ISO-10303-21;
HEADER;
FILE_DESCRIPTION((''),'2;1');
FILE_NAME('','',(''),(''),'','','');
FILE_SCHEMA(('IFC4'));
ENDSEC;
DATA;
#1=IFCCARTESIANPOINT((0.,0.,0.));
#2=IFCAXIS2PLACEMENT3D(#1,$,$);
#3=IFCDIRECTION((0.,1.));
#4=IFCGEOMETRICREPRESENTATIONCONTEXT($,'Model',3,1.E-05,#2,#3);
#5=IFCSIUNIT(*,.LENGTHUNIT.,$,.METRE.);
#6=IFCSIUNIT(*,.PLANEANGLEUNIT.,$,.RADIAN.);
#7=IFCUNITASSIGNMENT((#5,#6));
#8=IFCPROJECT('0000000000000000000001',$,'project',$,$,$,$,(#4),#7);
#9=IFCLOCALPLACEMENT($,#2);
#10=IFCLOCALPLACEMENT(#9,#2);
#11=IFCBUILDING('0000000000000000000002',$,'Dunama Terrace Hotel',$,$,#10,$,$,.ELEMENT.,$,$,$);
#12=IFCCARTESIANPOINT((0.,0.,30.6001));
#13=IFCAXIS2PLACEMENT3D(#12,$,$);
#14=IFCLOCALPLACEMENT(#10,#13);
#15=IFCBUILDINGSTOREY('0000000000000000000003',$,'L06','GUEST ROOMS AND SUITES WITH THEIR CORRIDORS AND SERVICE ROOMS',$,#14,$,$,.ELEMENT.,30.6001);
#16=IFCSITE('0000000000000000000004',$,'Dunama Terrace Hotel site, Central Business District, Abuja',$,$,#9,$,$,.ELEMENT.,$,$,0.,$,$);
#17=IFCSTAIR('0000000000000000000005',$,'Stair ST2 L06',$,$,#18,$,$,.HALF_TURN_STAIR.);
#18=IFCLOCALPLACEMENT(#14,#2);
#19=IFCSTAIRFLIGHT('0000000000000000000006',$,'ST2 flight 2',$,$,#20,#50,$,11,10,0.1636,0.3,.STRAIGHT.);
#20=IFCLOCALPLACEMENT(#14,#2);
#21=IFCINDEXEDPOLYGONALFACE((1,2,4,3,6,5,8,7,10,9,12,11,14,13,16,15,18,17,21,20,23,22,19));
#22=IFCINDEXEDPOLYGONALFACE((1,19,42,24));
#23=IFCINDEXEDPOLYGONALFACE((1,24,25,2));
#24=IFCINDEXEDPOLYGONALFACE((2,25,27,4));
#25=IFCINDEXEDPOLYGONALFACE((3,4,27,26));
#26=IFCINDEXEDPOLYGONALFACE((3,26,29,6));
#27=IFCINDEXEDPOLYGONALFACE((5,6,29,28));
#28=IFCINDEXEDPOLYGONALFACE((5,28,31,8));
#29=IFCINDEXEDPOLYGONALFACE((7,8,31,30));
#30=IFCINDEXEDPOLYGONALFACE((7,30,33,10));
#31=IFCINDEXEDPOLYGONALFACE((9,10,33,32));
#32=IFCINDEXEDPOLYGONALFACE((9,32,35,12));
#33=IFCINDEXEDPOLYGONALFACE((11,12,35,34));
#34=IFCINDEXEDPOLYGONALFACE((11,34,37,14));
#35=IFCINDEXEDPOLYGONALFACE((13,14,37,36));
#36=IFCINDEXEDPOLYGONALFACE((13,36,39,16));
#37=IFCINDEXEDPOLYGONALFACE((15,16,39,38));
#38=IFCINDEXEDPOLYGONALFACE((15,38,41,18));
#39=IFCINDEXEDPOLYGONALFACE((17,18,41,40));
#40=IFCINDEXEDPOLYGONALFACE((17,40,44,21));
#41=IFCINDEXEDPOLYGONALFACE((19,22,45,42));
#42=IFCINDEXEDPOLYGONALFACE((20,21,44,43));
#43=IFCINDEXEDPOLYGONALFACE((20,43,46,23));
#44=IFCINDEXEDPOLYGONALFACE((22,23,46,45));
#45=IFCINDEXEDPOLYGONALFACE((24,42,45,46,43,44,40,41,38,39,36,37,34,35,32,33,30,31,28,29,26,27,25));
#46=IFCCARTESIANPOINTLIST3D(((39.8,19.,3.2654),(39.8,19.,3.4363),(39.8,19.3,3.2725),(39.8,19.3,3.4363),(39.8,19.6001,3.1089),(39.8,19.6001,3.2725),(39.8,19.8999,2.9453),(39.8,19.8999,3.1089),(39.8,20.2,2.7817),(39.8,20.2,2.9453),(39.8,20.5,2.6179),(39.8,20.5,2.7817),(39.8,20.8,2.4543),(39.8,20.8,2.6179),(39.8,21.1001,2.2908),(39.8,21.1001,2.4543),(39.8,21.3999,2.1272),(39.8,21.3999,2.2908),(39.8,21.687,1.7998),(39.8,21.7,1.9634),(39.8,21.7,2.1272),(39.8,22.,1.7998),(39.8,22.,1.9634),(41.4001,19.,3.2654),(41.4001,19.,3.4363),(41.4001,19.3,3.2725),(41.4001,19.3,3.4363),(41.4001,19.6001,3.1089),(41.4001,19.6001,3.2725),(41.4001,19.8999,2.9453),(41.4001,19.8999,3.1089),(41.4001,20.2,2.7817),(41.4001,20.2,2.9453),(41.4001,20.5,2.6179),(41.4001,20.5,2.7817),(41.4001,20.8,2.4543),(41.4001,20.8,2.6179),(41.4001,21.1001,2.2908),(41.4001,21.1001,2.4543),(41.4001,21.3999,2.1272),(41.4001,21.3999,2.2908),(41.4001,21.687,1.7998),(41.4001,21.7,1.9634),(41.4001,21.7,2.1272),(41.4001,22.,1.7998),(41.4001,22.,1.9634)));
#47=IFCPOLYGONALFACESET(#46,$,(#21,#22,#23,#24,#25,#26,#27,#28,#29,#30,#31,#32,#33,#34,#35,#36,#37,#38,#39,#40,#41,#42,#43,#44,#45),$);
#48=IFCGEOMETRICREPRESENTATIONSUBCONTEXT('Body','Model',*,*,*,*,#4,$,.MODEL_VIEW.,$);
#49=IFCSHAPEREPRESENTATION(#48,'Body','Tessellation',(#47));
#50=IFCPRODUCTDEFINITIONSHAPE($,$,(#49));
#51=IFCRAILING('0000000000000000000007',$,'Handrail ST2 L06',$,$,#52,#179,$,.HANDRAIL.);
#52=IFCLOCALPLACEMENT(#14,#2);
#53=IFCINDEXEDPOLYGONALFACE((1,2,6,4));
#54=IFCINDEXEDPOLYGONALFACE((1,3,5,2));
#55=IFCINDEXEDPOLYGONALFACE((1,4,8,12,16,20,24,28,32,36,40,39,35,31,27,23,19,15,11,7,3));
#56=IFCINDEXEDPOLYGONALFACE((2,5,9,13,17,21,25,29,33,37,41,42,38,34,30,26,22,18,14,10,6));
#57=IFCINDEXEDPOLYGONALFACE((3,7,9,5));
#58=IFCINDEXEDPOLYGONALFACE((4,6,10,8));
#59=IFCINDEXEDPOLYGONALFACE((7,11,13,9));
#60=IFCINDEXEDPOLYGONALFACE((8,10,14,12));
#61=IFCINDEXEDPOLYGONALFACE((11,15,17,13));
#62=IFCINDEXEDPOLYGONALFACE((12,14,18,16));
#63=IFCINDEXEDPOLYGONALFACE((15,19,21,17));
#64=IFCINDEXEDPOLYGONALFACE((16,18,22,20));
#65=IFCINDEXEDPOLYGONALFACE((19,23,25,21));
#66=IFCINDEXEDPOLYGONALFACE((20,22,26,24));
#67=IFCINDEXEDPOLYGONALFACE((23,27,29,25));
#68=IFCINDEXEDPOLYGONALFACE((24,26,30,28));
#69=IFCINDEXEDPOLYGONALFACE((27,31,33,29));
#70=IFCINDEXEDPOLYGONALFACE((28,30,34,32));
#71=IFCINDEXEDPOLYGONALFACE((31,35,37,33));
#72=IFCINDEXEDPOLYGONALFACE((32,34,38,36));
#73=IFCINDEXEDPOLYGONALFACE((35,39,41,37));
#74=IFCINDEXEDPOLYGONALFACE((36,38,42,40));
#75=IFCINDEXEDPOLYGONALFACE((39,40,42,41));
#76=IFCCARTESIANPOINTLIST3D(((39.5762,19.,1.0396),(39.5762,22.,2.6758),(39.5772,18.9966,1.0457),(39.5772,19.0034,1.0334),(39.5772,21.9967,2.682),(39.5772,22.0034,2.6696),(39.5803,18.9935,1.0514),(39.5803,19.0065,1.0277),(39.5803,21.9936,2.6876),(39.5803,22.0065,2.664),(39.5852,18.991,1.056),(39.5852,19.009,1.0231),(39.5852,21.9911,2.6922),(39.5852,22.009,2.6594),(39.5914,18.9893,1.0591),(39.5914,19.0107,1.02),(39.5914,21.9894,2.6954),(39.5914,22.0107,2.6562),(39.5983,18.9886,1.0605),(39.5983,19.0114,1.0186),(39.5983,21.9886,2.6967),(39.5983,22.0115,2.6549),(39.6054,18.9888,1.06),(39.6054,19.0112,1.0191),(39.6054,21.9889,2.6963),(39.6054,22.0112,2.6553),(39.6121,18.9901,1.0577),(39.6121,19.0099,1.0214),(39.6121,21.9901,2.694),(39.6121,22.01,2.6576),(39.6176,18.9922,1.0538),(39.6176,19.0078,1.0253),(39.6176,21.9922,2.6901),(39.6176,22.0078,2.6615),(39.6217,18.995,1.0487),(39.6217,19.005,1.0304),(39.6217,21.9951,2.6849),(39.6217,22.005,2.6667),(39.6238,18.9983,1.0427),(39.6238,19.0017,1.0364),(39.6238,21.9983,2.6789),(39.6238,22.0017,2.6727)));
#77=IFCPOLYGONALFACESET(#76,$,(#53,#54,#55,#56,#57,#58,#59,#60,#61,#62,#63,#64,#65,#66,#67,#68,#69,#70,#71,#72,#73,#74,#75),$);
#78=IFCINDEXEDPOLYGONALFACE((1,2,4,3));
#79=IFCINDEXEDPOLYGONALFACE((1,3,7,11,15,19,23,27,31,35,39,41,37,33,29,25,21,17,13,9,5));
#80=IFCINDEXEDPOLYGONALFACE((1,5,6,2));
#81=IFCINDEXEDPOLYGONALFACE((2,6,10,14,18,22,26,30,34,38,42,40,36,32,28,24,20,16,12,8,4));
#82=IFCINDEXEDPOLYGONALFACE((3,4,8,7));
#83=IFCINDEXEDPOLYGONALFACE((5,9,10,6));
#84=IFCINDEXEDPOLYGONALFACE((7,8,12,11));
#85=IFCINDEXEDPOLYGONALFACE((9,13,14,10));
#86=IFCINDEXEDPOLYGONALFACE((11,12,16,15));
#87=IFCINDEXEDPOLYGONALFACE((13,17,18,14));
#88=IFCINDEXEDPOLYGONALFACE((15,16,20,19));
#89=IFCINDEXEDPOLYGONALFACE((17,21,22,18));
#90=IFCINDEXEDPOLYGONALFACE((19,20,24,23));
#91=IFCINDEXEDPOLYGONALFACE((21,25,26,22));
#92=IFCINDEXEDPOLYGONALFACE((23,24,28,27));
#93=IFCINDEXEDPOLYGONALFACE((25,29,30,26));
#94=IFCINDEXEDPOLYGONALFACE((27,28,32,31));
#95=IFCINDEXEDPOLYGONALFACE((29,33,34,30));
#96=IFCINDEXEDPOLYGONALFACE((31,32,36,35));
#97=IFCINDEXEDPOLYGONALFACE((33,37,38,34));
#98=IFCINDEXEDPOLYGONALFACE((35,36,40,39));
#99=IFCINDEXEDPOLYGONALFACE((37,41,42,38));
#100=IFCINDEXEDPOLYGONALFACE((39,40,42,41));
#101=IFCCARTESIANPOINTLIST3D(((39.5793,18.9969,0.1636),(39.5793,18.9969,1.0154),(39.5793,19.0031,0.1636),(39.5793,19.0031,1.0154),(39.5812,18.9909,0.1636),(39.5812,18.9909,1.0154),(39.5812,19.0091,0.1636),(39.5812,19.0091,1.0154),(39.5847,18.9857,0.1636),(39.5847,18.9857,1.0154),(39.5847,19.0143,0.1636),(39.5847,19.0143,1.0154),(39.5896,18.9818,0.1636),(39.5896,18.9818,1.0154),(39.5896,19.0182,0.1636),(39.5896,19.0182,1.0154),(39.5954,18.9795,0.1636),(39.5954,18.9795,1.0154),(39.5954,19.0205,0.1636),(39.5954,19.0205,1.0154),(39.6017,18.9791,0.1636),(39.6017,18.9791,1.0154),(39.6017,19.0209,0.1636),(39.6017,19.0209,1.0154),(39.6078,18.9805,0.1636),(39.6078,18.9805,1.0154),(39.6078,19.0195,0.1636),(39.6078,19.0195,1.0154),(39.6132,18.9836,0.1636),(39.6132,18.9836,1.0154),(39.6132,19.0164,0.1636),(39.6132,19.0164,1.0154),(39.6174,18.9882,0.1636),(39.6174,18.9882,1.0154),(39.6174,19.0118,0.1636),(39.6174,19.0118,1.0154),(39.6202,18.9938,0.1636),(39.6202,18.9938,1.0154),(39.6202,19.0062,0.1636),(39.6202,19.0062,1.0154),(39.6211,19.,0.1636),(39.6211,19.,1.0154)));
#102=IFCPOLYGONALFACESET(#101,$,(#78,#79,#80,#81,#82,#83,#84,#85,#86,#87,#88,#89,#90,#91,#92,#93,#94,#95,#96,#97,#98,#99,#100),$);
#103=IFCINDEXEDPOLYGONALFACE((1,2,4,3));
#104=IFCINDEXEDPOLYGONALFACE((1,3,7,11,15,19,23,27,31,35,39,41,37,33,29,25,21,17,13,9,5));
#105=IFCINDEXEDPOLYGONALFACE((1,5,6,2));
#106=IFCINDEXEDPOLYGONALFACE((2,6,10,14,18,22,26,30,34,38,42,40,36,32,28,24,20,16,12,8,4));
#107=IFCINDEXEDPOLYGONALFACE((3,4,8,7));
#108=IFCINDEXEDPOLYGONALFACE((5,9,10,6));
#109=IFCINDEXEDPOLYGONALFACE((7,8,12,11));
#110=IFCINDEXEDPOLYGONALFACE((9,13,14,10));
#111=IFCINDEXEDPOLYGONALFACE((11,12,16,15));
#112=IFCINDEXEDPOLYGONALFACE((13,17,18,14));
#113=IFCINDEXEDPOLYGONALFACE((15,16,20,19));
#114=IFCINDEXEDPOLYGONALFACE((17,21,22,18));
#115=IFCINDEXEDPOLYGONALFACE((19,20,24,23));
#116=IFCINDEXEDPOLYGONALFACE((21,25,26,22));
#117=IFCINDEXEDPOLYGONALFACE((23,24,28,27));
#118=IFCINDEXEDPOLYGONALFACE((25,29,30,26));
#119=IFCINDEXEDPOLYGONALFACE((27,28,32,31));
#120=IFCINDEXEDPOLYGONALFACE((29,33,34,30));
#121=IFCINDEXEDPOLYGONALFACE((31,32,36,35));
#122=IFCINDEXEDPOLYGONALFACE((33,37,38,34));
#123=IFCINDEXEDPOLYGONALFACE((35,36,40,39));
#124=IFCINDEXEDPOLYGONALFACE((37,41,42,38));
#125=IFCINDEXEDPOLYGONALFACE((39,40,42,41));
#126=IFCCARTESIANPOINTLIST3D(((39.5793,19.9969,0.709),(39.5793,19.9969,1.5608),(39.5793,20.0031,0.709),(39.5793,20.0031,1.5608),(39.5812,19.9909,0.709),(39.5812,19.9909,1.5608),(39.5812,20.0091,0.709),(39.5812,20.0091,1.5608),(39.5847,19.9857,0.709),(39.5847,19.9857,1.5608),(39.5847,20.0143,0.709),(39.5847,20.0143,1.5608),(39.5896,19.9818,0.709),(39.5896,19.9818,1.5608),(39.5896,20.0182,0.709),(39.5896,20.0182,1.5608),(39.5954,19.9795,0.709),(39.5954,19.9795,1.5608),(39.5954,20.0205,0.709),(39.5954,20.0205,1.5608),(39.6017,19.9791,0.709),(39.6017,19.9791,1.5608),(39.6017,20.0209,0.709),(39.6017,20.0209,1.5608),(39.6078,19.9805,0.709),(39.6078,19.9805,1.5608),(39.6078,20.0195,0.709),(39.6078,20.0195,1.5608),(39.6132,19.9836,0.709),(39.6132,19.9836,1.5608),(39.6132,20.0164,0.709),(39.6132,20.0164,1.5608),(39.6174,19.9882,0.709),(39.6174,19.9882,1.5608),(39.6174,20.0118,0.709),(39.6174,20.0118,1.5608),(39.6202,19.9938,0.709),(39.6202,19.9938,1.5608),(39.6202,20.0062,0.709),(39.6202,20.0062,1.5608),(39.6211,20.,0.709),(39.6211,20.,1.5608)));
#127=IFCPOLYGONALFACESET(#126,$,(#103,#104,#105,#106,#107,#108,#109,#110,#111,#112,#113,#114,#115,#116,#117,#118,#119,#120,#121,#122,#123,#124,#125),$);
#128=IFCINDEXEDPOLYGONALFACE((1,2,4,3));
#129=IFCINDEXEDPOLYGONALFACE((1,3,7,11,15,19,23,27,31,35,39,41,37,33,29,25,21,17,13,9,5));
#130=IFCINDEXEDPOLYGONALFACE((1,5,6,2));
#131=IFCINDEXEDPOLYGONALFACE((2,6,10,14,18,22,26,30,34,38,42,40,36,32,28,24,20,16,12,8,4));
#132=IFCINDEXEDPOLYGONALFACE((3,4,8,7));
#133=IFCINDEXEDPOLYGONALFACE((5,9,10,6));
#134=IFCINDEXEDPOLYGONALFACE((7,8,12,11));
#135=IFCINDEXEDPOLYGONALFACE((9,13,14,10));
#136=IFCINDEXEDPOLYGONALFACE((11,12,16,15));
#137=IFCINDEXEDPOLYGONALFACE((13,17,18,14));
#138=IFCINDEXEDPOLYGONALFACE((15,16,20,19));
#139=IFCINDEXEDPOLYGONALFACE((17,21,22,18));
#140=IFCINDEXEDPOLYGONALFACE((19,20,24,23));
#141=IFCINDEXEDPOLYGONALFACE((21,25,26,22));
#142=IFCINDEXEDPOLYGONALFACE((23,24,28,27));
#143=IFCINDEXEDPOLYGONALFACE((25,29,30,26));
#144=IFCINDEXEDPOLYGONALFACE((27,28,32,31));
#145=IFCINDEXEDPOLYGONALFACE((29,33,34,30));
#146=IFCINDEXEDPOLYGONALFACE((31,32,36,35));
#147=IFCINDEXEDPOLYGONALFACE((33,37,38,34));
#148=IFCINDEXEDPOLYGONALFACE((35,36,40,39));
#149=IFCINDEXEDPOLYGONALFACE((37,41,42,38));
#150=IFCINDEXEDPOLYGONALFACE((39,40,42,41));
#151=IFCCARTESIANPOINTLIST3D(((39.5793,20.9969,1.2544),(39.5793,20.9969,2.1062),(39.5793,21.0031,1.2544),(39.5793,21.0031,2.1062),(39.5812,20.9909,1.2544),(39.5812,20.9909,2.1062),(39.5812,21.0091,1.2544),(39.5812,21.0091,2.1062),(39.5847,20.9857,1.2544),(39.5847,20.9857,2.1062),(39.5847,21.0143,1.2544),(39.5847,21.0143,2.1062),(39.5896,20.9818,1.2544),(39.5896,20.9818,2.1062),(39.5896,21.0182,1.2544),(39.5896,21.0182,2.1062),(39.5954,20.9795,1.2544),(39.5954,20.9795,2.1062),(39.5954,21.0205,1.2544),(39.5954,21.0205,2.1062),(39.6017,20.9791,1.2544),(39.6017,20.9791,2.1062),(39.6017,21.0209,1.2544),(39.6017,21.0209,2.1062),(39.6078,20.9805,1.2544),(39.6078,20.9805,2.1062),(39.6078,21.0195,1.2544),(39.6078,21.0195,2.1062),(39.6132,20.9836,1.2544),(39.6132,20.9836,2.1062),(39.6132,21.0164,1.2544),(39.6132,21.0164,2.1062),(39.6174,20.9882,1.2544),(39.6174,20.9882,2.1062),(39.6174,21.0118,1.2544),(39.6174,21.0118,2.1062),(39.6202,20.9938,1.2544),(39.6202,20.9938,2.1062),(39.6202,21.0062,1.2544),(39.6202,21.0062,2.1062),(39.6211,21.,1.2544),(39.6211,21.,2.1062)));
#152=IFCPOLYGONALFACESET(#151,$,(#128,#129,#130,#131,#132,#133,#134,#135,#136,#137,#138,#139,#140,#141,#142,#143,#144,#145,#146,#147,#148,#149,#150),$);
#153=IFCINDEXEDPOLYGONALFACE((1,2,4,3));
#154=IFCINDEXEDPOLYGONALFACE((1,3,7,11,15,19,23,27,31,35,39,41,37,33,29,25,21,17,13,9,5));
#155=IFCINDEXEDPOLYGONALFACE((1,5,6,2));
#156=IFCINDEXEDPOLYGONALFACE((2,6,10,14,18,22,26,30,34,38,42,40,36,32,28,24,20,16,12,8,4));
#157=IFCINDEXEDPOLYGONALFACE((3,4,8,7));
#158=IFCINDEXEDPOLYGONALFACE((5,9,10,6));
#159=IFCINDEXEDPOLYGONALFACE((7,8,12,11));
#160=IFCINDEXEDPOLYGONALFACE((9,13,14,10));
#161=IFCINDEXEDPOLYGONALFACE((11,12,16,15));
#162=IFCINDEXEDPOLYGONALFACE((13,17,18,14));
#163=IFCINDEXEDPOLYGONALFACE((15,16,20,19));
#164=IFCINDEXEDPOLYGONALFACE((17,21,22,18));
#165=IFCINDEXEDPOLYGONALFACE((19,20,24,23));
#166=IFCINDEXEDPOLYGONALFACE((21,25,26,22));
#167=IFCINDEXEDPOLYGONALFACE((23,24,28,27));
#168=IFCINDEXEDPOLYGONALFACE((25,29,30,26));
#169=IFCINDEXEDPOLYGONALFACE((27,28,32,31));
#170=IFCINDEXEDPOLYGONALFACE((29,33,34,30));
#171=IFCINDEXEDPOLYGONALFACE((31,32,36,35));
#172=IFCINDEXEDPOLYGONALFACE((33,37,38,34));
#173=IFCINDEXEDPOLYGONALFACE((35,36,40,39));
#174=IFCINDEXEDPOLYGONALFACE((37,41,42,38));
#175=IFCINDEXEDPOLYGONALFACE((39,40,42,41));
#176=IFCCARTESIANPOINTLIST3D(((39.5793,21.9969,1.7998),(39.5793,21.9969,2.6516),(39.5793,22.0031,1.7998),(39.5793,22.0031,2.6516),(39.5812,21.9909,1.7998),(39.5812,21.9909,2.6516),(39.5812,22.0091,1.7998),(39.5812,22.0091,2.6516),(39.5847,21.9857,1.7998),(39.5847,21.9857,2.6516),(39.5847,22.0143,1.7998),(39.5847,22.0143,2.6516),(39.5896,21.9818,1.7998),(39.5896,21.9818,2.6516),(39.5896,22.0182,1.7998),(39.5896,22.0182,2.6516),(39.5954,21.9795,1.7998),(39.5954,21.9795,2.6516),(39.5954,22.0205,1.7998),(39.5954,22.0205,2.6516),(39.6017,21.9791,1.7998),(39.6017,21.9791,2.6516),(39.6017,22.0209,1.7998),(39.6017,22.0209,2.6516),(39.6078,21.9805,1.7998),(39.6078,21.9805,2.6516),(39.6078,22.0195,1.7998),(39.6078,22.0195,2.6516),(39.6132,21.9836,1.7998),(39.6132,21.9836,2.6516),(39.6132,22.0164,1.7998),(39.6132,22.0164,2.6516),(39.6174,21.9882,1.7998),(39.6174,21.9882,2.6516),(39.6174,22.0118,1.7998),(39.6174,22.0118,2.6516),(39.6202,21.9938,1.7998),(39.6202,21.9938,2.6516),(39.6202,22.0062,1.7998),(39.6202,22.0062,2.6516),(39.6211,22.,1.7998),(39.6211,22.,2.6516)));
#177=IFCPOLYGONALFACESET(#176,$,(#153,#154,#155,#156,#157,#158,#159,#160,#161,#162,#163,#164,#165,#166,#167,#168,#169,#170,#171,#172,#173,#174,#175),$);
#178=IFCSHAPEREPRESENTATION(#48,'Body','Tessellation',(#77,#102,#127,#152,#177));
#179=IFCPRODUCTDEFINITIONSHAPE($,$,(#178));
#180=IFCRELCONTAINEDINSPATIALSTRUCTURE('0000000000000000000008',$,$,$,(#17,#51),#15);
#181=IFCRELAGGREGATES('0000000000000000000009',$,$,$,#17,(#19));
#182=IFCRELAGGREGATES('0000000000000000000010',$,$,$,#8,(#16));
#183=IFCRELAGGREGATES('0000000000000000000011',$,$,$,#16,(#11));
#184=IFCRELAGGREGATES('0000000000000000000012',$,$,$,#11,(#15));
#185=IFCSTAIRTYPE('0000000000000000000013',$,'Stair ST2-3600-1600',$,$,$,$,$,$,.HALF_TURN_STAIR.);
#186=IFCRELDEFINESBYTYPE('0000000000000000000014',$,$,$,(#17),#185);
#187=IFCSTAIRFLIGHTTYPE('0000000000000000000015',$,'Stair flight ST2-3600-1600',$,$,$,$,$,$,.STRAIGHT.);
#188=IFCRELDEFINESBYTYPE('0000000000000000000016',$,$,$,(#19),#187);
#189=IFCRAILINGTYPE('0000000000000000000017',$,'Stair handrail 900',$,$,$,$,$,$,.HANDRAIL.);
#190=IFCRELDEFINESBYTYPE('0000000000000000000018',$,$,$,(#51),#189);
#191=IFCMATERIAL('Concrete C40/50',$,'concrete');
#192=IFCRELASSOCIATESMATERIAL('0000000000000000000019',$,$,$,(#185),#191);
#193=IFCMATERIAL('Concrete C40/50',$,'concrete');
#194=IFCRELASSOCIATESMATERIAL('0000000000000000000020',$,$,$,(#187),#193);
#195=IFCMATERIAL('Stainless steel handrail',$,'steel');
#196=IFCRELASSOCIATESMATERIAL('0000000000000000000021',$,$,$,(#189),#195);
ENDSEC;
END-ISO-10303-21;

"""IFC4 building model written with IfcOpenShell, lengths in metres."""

from ifc_helpers import new_model, si_unit, direction, frame, origin, origin_2d, place, context, subcontext, project, spatial, polyline, circle, outline, extrude, material, type_object, element, aggregate, save


model = new_model("IFC4")

# Units and contexts
model_context = context("Model", 3, precision=1e-05, world=origin(), true_north=direction((0.0, 1.0)))
body_context = subcontext(model_context, "Body", "Model", "MODEL_VIEW")
ifc_project = project(units=[si_unit("LENGTHUNIT", "METRE"), si_unit("PLANEANGLEUNIT", "RADIAN")], contexts=[model_context])

# Site, building, storey
site_placement = place(None, origin())
site = spatial("IfcSite", under=ifc_project, at=site_placement, Name="Dunama Terrace Hotel site, Central Business District, Abuja", CompositionType="ELEMENT", RefElevation=0.0)
building_placement = place(site_placement, origin())
building = spatial("IfcBuilding", under=site, at=building_placement, Name="Dunama Terrace Hotel", CompositionType="ELEMENT")
storey_placement = place(building_placement, frame((0.0, 0.0, 30.6001)))
storey = spatial("IfcBuildingStorey", under=building, at=storey_placement, Name="L06", Description="GUEST ROOMS AND SUITES WITH THEIR CORRIDORS AND SERVICE ROOMS", CompositionType="ELEMENT", Elevation=30.6001)

# Stair, stair flight
ifc_material_1 = material(Name="Concrete C40/50", Category="concrete")
stair_type = type_object("IfcStairType", Name="Stair ST2-3600-1600", PredefinedType="HALF_TURN_STAIR", material=ifc_material_1)
stair_placement = place(storey_placement, origin())
stair = element("IfcStair", 1, at=stair_placement, inside=storey, type_object=stair_type, Name="Stair ST2 L06", PredefinedType="HALF_TURN_STAIR")
ifc_material_2 = material(Name="Concrete C40/50", Category="concrete")
stair_flight_type = type_object("IfcStairFlightType", Name="Stair flight ST2-3600-1600", PredefinedType="STRAIGHT", material=ifc_material_2)
stair_flight_1_placement = place(storey_placement, frame((40.6001, 22.0, 1.7998), z_axis=(0.0, 0.0, 1.0), x_axis=(0.0, -1.0, 0.0)))
stair_flight_1 = element("IfcStairFlight", 2, at=stair_flight_1_placement, type_object=stair_flight_type, Name="ST2 flight 2", NumberOfRisers=11, NumberOfTreads=10, PredefinedType="STRAIGHT", RiserHeight=0.1636, TreadLength=0.3, context=body_context, shape_type="SweptSolid", body=[
    extrude(outline(polyline([(0.0, 0.0), (0.0, 0.1636), (0.3, 0.1636), (0.3, 0.3274), (0.6001, 0.3274), (0.6001, 0.491), (0.8999, 0.491), (0.8999, 0.6545), (1.2, 0.6545), (1.2, 0.8181), (1.5, 0.8181), (1.5, 0.9819), (1.8, 0.9819), (1.8, 1.1455), (2.1001, 1.1455), (2.1001, 1.3091), (2.3999, 1.3091), (2.3999, 1.4727), (2.7, 1.4727), (2.7, 1.6365), (3.0, 1.6365), (3.0, 1.8), (3.0, 1.4656), (0.313, 0.0), (0.0, 0.0)])), frame((0.0, 0.8, 0.0), z_axis=(0.0, -1.0, 0.0), x_axis=(1.0, 0.0, 0.0)), (0.0, 0.0, 1.0), 1.6001),
])
aggregate(stair, [stair_flight_1])

# Railing
ifc_material_3 = material(Name="Stainless steel handrail", Category="steel")
railing_type = type_object("IfcRailingType", Name="Stair handrail 900", PredefinedType="HANDRAIL", material=ifc_material_3)
railing_1_placement = place(storey_placement, frame((39.6001, 19.0, 0.1636)))
element("IfcRailing", 3, at=railing_1_placement, inside=storey, type_object=railing_type, Name="Handrail ST2 L06", PredefinedType="HANDRAIL", context=body_context, shape_type="SweptSolid", body=[
    extrude(circle(Radius=0.0239, at=origin_2d()), frame((0.0, 0.0, 0.876), z_axis=(0.0, 0.877912, 0.478822), x_axis=(-1.0, 0.0, 0.0)), (0.0, 0.0, 1.0), 3.4172),
    extrude(circle(Radius=0.021, at=origin_2d()), origin(), (0.0, 0.0, 1.0), 0.8518),
    extrude(circle(Radius=0.021, at=origin_2d()), frame((0.0, 1.0, 0.5454)), (0.0, 0.0, 1.0), 0.8518),
    extrude(circle(Radius=0.021, at=origin_2d()), frame((0.0, 2.0, 1.0908)), (0.0, 0.0, 1.0), 0.8518),
    extrude(circle(Radius=0.021, at=origin_2d()), frame((0.0, 3.0, 1.6362)), (0.0, 0.0, 1.0), 0.8518),
])

save(model, "model.ifc")
